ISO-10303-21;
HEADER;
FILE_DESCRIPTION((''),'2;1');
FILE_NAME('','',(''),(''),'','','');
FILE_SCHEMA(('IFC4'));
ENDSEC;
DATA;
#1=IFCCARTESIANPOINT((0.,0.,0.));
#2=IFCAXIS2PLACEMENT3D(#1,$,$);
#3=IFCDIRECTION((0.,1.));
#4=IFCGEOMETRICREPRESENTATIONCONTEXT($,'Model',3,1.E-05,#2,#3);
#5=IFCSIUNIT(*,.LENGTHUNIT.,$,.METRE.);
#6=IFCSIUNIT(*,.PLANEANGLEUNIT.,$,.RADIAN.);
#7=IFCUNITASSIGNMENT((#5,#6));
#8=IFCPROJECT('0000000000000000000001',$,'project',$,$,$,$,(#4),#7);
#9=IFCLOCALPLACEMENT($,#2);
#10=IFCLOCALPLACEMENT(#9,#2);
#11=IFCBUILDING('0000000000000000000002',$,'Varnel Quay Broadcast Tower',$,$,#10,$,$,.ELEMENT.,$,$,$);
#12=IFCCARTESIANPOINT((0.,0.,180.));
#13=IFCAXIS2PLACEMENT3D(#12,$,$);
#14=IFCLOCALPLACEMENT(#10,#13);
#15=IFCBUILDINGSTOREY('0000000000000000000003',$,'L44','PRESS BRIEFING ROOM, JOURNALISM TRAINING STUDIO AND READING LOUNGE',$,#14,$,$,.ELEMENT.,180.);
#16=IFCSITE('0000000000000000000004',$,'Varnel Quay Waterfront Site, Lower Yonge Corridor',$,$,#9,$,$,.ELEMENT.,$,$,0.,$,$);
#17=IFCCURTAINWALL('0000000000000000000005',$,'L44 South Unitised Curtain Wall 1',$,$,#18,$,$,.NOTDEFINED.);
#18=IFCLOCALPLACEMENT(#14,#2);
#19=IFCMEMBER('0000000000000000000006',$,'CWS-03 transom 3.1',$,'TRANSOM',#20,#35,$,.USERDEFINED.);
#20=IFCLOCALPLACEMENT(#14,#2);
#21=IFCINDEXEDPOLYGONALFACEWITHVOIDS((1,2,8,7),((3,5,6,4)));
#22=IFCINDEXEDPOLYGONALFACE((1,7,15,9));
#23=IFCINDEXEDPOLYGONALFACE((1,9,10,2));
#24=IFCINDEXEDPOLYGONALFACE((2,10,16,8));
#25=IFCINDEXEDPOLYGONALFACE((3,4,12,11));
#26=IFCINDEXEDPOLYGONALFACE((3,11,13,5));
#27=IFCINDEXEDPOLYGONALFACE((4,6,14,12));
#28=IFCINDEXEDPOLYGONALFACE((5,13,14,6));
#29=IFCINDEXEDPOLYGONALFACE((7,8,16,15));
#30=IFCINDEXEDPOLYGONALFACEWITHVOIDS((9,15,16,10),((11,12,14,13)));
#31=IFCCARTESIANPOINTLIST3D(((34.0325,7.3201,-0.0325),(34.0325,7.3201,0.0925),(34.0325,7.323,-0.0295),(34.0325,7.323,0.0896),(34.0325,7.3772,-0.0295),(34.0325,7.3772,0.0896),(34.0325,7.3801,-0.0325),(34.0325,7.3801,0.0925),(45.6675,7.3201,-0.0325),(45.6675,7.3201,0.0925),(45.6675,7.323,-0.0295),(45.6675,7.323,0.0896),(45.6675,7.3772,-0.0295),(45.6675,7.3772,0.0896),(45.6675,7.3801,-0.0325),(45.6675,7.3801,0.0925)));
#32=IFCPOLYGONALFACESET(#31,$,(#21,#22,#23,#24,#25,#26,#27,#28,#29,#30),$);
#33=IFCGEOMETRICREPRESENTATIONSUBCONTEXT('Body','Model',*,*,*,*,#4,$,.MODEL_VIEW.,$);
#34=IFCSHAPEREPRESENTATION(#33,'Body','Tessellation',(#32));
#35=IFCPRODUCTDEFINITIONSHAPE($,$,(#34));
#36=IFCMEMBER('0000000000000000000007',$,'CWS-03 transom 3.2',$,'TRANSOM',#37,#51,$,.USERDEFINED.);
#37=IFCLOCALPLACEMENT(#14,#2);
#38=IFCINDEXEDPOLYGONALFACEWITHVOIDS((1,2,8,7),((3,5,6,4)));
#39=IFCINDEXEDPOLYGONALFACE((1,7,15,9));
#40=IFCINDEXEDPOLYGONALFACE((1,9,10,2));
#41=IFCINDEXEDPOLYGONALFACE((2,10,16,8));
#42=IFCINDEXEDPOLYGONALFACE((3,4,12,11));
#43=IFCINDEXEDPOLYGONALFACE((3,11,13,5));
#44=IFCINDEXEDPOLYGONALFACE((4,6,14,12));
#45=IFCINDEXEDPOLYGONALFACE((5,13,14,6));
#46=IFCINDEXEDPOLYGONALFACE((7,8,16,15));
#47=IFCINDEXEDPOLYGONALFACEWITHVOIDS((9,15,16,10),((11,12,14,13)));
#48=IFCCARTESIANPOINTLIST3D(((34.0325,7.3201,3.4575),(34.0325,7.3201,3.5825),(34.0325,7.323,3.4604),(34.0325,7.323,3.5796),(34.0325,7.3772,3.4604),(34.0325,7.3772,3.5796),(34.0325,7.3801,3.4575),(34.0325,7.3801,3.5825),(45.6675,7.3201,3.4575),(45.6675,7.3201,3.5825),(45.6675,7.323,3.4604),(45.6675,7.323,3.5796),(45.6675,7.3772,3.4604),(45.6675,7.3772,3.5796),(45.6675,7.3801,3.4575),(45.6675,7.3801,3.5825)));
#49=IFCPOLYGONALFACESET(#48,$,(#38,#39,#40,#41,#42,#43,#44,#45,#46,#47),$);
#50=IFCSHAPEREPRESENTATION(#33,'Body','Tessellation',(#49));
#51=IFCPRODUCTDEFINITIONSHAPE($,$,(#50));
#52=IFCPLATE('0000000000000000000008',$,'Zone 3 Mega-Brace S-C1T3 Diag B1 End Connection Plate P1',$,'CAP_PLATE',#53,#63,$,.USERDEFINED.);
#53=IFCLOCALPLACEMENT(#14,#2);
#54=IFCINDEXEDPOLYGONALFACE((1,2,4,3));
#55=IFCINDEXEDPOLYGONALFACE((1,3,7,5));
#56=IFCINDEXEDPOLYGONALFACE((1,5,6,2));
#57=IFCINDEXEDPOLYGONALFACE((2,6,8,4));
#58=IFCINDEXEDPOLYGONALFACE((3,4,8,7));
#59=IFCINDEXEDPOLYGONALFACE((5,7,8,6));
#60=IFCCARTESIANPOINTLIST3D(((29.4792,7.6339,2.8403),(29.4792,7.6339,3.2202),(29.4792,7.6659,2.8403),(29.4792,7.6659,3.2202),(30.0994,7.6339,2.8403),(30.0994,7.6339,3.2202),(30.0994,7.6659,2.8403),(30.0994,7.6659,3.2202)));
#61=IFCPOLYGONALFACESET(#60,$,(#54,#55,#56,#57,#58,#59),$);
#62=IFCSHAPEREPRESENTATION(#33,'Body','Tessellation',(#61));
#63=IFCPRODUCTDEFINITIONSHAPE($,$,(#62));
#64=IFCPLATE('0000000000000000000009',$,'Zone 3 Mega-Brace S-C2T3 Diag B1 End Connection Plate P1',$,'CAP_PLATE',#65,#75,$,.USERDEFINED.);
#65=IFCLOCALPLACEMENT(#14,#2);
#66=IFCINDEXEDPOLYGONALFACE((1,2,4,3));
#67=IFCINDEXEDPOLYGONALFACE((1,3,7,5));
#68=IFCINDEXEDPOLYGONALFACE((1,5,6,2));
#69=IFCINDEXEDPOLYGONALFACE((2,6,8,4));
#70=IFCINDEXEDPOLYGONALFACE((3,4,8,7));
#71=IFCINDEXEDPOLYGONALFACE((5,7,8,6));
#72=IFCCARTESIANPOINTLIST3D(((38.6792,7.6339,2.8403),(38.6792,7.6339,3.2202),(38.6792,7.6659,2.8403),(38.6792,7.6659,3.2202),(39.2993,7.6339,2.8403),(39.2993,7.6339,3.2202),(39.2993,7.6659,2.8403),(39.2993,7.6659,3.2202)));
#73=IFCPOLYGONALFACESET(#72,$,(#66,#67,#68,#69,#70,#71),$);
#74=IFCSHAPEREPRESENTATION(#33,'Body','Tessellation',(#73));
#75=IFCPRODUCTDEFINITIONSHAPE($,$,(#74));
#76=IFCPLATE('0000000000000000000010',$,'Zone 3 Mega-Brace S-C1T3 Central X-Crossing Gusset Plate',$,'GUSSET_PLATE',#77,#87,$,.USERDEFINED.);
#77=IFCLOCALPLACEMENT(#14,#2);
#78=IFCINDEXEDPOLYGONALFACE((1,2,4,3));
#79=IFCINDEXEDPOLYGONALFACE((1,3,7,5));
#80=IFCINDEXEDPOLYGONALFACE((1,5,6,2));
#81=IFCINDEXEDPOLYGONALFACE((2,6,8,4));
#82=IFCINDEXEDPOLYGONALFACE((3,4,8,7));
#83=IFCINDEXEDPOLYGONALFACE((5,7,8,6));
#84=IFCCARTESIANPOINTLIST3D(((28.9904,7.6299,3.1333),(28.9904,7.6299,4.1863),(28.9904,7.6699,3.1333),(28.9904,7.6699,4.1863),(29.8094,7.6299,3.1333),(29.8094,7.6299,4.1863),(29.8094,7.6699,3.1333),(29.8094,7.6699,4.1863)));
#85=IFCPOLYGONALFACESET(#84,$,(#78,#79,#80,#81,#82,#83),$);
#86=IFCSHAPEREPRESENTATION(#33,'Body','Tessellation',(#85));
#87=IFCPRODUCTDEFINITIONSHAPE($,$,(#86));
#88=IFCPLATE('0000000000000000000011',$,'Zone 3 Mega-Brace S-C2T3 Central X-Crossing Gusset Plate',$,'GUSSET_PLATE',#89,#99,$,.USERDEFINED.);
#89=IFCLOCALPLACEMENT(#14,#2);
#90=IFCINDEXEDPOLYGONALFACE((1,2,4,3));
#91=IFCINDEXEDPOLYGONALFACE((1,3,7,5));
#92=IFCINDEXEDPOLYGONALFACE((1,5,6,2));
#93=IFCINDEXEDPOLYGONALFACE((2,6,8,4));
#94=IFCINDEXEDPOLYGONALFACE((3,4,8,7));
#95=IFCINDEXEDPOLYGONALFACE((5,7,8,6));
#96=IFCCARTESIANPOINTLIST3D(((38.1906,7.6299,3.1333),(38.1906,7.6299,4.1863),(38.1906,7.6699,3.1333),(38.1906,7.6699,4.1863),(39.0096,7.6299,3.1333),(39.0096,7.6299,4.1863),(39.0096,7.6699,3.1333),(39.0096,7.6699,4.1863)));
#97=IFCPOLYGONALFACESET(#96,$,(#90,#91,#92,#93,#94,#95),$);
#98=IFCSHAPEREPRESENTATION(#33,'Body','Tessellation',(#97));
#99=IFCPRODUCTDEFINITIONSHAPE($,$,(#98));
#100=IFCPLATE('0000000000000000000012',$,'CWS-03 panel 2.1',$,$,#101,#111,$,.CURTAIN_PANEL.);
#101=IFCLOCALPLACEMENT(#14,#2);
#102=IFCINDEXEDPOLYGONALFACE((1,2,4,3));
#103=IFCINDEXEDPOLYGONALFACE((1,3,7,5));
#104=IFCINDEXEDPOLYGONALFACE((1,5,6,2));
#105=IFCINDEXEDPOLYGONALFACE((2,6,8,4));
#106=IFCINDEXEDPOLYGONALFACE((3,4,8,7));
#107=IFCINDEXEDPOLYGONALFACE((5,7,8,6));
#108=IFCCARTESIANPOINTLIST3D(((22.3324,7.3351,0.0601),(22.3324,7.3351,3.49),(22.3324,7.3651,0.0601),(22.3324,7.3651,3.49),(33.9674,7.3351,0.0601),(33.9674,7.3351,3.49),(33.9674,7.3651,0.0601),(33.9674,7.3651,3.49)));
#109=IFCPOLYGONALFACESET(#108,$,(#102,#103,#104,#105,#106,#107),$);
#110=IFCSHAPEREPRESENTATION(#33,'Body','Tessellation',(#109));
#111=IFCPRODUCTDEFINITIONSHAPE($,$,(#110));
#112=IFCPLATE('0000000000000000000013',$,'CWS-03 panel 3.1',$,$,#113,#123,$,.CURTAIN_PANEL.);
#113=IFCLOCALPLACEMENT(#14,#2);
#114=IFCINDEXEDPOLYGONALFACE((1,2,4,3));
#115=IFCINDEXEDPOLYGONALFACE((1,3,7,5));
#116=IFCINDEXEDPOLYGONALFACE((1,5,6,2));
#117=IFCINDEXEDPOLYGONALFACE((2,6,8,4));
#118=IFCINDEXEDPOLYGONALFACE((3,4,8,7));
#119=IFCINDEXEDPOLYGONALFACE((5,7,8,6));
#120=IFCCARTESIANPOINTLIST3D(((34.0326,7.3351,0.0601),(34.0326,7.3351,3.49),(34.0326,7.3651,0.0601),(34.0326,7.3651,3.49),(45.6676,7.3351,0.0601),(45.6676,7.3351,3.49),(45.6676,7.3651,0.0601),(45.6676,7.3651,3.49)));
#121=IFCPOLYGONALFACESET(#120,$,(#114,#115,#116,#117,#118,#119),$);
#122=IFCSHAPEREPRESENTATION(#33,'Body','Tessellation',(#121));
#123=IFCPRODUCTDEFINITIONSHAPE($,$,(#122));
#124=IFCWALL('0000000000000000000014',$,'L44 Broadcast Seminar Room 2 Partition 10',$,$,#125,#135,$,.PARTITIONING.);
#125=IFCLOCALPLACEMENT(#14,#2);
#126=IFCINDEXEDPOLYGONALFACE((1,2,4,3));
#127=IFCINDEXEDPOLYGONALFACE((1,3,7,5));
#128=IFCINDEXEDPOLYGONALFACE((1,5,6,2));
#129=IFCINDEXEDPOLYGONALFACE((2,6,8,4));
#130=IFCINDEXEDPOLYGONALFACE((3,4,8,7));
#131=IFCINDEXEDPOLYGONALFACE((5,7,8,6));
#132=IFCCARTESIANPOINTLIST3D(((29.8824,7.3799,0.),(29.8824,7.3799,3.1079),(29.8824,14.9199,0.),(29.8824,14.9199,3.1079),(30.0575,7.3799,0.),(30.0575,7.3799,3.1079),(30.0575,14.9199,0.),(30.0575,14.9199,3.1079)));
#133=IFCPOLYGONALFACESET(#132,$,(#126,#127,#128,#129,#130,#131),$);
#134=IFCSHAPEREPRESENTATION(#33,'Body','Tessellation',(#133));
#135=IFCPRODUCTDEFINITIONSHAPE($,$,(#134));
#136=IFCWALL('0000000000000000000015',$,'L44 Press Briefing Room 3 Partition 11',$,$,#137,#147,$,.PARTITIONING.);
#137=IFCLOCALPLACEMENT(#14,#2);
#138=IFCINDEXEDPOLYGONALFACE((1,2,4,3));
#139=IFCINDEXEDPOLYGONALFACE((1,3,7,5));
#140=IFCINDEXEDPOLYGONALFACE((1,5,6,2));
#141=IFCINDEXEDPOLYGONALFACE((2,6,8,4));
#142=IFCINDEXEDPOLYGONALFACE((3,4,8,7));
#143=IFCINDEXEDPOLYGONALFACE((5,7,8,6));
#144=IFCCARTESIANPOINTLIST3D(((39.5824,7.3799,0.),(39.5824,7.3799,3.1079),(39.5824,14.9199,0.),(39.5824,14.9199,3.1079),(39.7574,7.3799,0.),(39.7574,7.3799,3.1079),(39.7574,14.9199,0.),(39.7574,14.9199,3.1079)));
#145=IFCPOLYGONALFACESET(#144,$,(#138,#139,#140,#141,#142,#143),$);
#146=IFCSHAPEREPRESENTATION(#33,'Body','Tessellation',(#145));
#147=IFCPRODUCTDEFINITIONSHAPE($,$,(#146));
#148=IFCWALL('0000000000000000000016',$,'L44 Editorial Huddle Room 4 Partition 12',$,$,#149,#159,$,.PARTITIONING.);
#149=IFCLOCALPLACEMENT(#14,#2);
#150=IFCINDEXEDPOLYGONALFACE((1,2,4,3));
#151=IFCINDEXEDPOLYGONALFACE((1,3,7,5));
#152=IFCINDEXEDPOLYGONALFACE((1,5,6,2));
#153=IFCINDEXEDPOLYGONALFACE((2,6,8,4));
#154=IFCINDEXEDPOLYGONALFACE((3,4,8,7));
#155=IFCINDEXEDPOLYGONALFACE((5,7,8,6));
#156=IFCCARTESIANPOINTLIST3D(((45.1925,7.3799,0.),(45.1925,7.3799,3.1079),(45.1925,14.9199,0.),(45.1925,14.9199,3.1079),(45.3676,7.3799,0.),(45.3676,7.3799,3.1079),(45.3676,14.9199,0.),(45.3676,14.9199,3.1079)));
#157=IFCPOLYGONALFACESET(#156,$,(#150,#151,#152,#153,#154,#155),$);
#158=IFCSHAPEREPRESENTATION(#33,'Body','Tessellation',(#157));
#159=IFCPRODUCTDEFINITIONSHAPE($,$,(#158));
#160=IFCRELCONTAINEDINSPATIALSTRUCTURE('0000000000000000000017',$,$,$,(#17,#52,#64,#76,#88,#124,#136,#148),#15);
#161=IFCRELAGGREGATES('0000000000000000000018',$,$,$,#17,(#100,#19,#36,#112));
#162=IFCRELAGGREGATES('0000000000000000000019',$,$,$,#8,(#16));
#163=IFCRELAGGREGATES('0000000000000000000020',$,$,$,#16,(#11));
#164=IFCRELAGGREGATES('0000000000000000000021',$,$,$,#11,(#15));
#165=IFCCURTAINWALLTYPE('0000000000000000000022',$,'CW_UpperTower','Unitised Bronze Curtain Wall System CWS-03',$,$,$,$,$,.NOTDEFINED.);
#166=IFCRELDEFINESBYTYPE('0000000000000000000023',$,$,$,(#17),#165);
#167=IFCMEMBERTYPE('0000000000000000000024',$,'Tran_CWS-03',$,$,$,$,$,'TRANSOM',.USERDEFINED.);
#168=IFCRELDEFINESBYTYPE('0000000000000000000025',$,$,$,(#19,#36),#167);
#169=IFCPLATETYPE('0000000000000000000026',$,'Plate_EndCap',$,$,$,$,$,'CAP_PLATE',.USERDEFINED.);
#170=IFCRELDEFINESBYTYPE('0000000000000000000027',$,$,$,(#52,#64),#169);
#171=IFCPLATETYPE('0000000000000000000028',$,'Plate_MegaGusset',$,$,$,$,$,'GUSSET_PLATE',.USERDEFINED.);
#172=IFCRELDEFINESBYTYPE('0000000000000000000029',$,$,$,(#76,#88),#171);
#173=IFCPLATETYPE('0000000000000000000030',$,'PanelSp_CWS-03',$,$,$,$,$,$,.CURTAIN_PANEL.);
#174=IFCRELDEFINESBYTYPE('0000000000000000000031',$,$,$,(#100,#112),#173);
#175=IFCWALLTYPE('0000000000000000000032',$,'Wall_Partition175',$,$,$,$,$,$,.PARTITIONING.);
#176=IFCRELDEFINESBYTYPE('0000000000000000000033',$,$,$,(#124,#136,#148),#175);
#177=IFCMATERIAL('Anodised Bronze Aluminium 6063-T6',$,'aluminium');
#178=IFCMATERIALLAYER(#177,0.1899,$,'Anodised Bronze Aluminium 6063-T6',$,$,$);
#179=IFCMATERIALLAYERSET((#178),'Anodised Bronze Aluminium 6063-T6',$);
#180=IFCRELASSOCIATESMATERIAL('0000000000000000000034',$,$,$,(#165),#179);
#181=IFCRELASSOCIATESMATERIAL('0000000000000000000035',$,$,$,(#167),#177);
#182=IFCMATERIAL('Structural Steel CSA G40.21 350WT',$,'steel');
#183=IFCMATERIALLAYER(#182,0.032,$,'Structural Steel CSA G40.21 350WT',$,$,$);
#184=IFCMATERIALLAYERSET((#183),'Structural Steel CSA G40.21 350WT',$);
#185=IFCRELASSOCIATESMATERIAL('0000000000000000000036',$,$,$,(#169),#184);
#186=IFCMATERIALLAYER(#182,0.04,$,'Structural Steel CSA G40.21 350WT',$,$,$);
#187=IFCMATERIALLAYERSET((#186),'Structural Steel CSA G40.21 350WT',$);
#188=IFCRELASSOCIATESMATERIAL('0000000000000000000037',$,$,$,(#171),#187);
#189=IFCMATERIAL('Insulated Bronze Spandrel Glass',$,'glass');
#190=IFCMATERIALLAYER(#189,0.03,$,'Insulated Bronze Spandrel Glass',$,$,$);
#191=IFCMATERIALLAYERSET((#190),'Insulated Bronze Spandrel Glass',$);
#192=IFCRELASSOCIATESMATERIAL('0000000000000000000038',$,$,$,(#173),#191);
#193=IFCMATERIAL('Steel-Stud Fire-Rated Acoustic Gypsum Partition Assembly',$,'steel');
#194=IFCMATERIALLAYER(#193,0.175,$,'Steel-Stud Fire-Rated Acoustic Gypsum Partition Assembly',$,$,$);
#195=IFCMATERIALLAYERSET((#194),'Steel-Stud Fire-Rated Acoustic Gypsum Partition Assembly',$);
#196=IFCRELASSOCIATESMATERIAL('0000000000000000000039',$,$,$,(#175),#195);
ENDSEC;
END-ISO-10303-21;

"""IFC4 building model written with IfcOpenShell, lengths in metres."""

from ifc_helpers import new_model, si_unit, direction, frame, frame_2d, origin, origin_2d, place, context, subcontext, project, spatial, rectangle, hollow_rectangle, extrude, source, transform, mapped, material, layer, layer_set, material_profile, profile_set, type_object, type_shapes, element, aggregate, save


model = new_model("IFC4")

# Units and contexts
model_context = context("Model", 3, precision=1e-05, world=origin(), true_north=direction((0.0, 1.0)))
body_context = subcontext(model_context, "Body", "Model", "MODEL_VIEW")
ifc_project = project(units=[si_unit("LENGTHUNIT", "METRE"), si_unit("PLANEANGLEUNIT", "RADIAN")], contexts=[model_context])

# Site, building, storey
site_placement = place(None, origin())
site = spatial("IfcSite", under=ifc_project, at=site_placement, Name="Varnel Quay Waterfront Site, Lower Yonge Corridor", CompositionType="ELEMENT", RefElevation=0.0)
building_placement = place(site_placement, origin())
building = spatial("IfcBuilding", under=site, at=building_placement, Name="Varnel Quay Broadcast Tower", CompositionType="ELEMENT")
storey_placement = place(building_placement, frame((0.0, 0.0, 180.0)))
storey = spatial("IfcBuildingStorey", under=building, at=storey_placement, Name="L44", Description="PRESS BRIEFING ROOM, JOURNALISM TRAINING STUDIO AND READING LOUNGE", CompositionType="ELEMENT", Elevation=180.0)

# Shared definitions
ifc_material_1 = material(Name="Structural Steel CSA G40.21 350WT", Category="steel")

# Curtain wall, members
ifc_material_2 = material(Name="Anodised Bronze Aluminium 6063-T6", Category="aluminium")
ifc_layer_1 = layer(ifc_material_2, 0.1899, Name="Anodised Bronze Aluminium 6063-T6")
ifc_layer_set_1 = layer_set([ifc_layer_1], Name="Anodised Bronze Aluminium 6063-T6")
curtain_wall_type = type_object("IfcCurtainWallType", Name="CW_UpperTower", Description="Unitised Bronze Curtain Wall System CWS-03", PredefinedType="NOTDEFINED", material=ifc_layer_set_1)
curtain_wall_placement = place(storey_placement, origin())
curtain_wall = element("IfcCurtainWall", 1, at=curtain_wall_placement, inside=storey, type_object=curtain_wall_type, Name="L44 South Unitised Curtain Wall 1", PredefinedType="NOTDEFINED")
ifc_material_profile_1 = material_profile(ifc_material_2, hollow_rectangle(XDim=0.0601, YDim=0.125, WallThickness=0.0029, at=origin_2d()), Name="ALU60X125X3")
ifc_profile_set_1 = profile_set([ifc_material_profile_1], Name="Anodised Bronze Aluminium 6063-T6")
member_type_1 = type_object("IfcMemberType", Name="Tran_CWS-03", ElementType="TRANSOM", PredefinedType="USERDEFINED", material=ifc_profile_set_1)
shared_shape_1 = source(origin(), body_context, "Body", "SweptSolid", [
    extrude(hollow_rectangle(XDim=0.0601, YDim=0.125, WallThickness=0.0029, at=origin_2d()), origin(), (0.0, 0.0, 1.0), 11.635),
])
member_1_placement = place(storey_placement, frame((34.0325, 7.3501, 0.03), z_axis=(1.0, 0.0, 0.0), x_axis=(0.0, 1.0, 0.0)))
member_1 = element("IfcMember", 2, at=member_1_placement, type_object=member_type_1, Name="CWS-03 transom 3.1", ObjectType="TRANSOM", PredefinedType="USERDEFINED", context=body_context, shape_type="MappedRepresentation", body=[
    mapped(shared_shape_1, transform((0.0, 0.0, 0.0), x_axis=(1.0, 0.0, 0.0), y_axis=(0.0, 1.0, 0.0), z_axis=(0.0, 0.0, 1.0), scale=1.0)),
])
member_2_placement = place(storey_placement, frame((34.0325, 7.3501, 3.52), z_axis=(1.0, 0.0, 0.0), x_axis=(0.0, 1.0, 0.0)))
member_2 = element("IfcMember", 3, at=member_2_placement, type_object=member_type_1, Name="CWS-03 transom 3.2", ObjectType="TRANSOM", PredefinedType="USERDEFINED", context=body_context, shape_type="MappedRepresentation", body=[
    mapped(shared_shape_1, transform((0.0, 0.0, 0.0), x_axis=(1.0, 0.0, 0.0), y_axis=(0.0, 1.0, 0.0), z_axis=(0.0, 0.0, 1.0), scale=1.0)),
])

# Plates
ifc_layer_2 = layer(ifc_material_1, 0.032, Name="Structural Steel CSA G40.21 350WT")
ifc_layer_set_2 = layer_set([ifc_layer_2], Name="Structural Steel CSA G40.21 350WT")
plate_type_1 = type_object("IfcPlateType", Name="Plate_EndCap", ElementType="CAP_PLATE", PredefinedType="USERDEFINED", material=ifc_layer_set_2)
shared_shape_2 = source(origin(), body_context, "Body", "SweptSolid", [
    extrude(rectangle(XDim=0.6201, YDim=0.032, at=origin_2d()), origin(), (0.0, 0.0, 1.0), 0.3799),
])
type_shapes(plate_type_1, [shared_shape_2])
for number, where, z_axis, x_axis, name in (
    (4, (29.7893, 7.6499, 2.8403), (0.0, 0.0, 1.0), (1.0, 0.0, 0.0), "Zone 3 Mega-Brace S-C1T3 Diag B1 End Connection Plate P1"),
    (5, (38.9893, 7.6499, 2.8403), (0.0, 0.0, 1.0), (1.0, 0.0, 0.0), "Zone 3 Mega-Brace S-C2T3 Diag B1 End Connection Plate P1"),
):
    element("IfcPlate", number, at=place(storey_placement, frame(where, z_axis=z_axis, x_axis=x_axis)), inside=storey, type_object=plate_type_1, Name=name, ObjectType="CAP_PLATE", PredefinedType="USERDEFINED", context=body_context, shape_type="MappedRepresentation", body=[
        mapped(shared_shape_2, transform((0.0, 0.0, 0.0), x_axis=(1.0, 0.0, 0.0), y_axis=(0.0, 1.0, 0.0), z_axis=(0.0, 0.0, 1.0), scale=1.0)),
    ])
ifc_layer_3 = layer(ifc_material_1, 0.04, Name="Structural Steel CSA G40.21 350WT")
ifc_layer_set_3 = layer_set([ifc_layer_3], Name="Structural Steel CSA G40.21 350WT")
plate_type_2 = type_object("IfcPlateType", Name="Plate_MegaGusset", ElementType="GUSSET_PLATE", PredefinedType="USERDEFINED", material=ifc_layer_set_3)
shared_shape_3 = source(origin(), body_context, "Body", "SweptSolid", [
    extrude(rectangle(XDim=0.8191, YDim=0.04, at=origin_2d()), origin(), (0.0, 0.0, 1.0), 1.053),
])
type_shapes(plate_type_2, [shared_shape_3])
for number, where, z_axis, x_axis, name in (
    (6, (29.3999, 7.6499, 3.1333), (0.0, 0.0, 1.0), (1.0, 0.0, 0.0), "Zone 3 Mega-Brace S-C1T3 Central X-Crossing Gusset Plate"),
    (7, (38.6001, 7.6499, 3.1333), (0.0, 0.0, 1.0), (1.0, 0.0, 0.0), "Zone 3 Mega-Brace S-C2T3 Central X-Crossing Gusset Plate"),
):
    element("IfcPlate", number, at=place(storey_placement, frame(where, z_axis=z_axis, x_axis=x_axis)), inside=storey, type_object=plate_type_2, Name=name, ObjectType="GUSSET_PLATE", PredefinedType="USERDEFINED", context=body_context, shape_type="MappedRepresentation", body=[
        mapped(shared_shape_3, transform((0.0, 0.0, 0.0), x_axis=(1.0, 0.0, 0.0), y_axis=(0.0, 1.0, 0.0), z_axis=(0.0, 0.0, 1.0), scale=1.0)),
    ])

# Plates
ifc_material_3 = material(Name="Insulated Bronze Spandrel Glass", Category="glass")
ifc_layer_4 = layer(ifc_material_3, 0.03, Name="Insulated Bronze Spandrel Glass")
ifc_layer_set_4 = layer_set([ifc_layer_4], Name="Insulated Bronze Spandrel Glass")
plate_type_3 = type_object("IfcPlateType", Name="PanelSp_CWS-03", PredefinedType="CURTAIN_PANEL", material=ifc_layer_set_4)
shared_shape_4 = source(origin(), body_context, "Body", "SweptSolid", [
    extrude(rectangle(XDim=11.635, YDim=0.03, at=origin_2d()), origin(), (0.0, 0.0, 1.0), 3.4299),
])
type_shapes(plate_type_3, [shared_shape_4])
plate_1_placement = place(storey_placement, frame((28.1499, 7.3501, 0.0601), z_axis=(0.0, 0.0, 1.0), x_axis=(1.0, 0.0, 0.0)))
plate_1 = element("IfcPlate", 8, at=plate_1_placement, type_object=plate_type_3, Name="CWS-03 panel 2.1", PredefinedType="CURTAIN_PANEL", context=body_context, shape_type="MappedRepresentation", body=[
    mapped(shared_shape_4, transform((0.0, 0.0, 0.0), x_axis=(1.0, 0.0, 0.0), y_axis=(0.0, 1.0, 0.0), z_axis=(0.0, 0.0, 1.0), scale=1.0)),
])
plate_2_placement = place(storey_placement, frame((39.8501, 7.3501, 0.0601), z_axis=(0.0, 0.0, 1.0), x_axis=(1.0, 0.0, 0.0)))
plate_2 = element("IfcPlate", 9, at=plate_2_placement, type_object=plate_type_3, Name="CWS-03 panel 3.1", PredefinedType="CURTAIN_PANEL", context=body_context, shape_type="MappedRepresentation", body=[
    mapped(shared_shape_4, transform((0.0, 0.0, 0.0), x_axis=(1.0, 0.0, 0.0), y_axis=(0.0, 1.0, 0.0), z_axis=(0.0, 0.0, 1.0), scale=1.0)),
])
aggregate(curtain_wall, [plate_1, member_1, member_2, plate_2])

# Walls
ifc_material_4 = material(Name="Steel-Stud Fire-Rated Acoustic Gypsum Partition Assembly", Category="steel")
ifc_layer_5 = layer(ifc_material_4, 0.175, Name="Steel-Stud Fire-Rated Acoustic Gypsum Partition Assembly")
ifc_layer_set_5 = layer_set([ifc_layer_5], Name="Steel-Stud Fire-Rated Acoustic Gypsum Partition Assembly")
wall_type = type_object("IfcWallType", Name="Wall_Partition175", PredefinedType="PARTITIONING", material=ifc_layer_set_5)
for number, where, z_axis, x_axis, name in (
    (10, (29.97, 7.3799, 0.0), (0.0, 0.0, 1.0), (0.0, 1.0, 0.0), "L44 Broadcast Seminar Room 2 Partition 10"),
    (11, (39.6699, 7.3799, 0.0), (0.0, 0.0, 1.0), (0.0, 1.0, 0.0), "L44 Press Briefing Room 3 Partition 11"),
    (12, (45.28, 7.3799, 0.0), (0.0, 0.0, 1.0), (0.0, 1.0, 0.0), "L44 Editorial Huddle Room 4 Partition 12"),
):
    element("IfcWall", number, at=place(storey_placement, frame(where, z_axis=z_axis, x_axis=x_axis)), inside=storey, type_object=wall_type, Name=name, PredefinedType="PARTITIONING", context=body_context, shape_type="SweptSolid", body=[
        extrude(rectangle(XDim=7.54, YDim=0.175, at=frame_2d((3.77, 0.0))), origin(), (0.0, 0.0, 1.0), 3.1079),
    ])

save(model, "model.ifc")
